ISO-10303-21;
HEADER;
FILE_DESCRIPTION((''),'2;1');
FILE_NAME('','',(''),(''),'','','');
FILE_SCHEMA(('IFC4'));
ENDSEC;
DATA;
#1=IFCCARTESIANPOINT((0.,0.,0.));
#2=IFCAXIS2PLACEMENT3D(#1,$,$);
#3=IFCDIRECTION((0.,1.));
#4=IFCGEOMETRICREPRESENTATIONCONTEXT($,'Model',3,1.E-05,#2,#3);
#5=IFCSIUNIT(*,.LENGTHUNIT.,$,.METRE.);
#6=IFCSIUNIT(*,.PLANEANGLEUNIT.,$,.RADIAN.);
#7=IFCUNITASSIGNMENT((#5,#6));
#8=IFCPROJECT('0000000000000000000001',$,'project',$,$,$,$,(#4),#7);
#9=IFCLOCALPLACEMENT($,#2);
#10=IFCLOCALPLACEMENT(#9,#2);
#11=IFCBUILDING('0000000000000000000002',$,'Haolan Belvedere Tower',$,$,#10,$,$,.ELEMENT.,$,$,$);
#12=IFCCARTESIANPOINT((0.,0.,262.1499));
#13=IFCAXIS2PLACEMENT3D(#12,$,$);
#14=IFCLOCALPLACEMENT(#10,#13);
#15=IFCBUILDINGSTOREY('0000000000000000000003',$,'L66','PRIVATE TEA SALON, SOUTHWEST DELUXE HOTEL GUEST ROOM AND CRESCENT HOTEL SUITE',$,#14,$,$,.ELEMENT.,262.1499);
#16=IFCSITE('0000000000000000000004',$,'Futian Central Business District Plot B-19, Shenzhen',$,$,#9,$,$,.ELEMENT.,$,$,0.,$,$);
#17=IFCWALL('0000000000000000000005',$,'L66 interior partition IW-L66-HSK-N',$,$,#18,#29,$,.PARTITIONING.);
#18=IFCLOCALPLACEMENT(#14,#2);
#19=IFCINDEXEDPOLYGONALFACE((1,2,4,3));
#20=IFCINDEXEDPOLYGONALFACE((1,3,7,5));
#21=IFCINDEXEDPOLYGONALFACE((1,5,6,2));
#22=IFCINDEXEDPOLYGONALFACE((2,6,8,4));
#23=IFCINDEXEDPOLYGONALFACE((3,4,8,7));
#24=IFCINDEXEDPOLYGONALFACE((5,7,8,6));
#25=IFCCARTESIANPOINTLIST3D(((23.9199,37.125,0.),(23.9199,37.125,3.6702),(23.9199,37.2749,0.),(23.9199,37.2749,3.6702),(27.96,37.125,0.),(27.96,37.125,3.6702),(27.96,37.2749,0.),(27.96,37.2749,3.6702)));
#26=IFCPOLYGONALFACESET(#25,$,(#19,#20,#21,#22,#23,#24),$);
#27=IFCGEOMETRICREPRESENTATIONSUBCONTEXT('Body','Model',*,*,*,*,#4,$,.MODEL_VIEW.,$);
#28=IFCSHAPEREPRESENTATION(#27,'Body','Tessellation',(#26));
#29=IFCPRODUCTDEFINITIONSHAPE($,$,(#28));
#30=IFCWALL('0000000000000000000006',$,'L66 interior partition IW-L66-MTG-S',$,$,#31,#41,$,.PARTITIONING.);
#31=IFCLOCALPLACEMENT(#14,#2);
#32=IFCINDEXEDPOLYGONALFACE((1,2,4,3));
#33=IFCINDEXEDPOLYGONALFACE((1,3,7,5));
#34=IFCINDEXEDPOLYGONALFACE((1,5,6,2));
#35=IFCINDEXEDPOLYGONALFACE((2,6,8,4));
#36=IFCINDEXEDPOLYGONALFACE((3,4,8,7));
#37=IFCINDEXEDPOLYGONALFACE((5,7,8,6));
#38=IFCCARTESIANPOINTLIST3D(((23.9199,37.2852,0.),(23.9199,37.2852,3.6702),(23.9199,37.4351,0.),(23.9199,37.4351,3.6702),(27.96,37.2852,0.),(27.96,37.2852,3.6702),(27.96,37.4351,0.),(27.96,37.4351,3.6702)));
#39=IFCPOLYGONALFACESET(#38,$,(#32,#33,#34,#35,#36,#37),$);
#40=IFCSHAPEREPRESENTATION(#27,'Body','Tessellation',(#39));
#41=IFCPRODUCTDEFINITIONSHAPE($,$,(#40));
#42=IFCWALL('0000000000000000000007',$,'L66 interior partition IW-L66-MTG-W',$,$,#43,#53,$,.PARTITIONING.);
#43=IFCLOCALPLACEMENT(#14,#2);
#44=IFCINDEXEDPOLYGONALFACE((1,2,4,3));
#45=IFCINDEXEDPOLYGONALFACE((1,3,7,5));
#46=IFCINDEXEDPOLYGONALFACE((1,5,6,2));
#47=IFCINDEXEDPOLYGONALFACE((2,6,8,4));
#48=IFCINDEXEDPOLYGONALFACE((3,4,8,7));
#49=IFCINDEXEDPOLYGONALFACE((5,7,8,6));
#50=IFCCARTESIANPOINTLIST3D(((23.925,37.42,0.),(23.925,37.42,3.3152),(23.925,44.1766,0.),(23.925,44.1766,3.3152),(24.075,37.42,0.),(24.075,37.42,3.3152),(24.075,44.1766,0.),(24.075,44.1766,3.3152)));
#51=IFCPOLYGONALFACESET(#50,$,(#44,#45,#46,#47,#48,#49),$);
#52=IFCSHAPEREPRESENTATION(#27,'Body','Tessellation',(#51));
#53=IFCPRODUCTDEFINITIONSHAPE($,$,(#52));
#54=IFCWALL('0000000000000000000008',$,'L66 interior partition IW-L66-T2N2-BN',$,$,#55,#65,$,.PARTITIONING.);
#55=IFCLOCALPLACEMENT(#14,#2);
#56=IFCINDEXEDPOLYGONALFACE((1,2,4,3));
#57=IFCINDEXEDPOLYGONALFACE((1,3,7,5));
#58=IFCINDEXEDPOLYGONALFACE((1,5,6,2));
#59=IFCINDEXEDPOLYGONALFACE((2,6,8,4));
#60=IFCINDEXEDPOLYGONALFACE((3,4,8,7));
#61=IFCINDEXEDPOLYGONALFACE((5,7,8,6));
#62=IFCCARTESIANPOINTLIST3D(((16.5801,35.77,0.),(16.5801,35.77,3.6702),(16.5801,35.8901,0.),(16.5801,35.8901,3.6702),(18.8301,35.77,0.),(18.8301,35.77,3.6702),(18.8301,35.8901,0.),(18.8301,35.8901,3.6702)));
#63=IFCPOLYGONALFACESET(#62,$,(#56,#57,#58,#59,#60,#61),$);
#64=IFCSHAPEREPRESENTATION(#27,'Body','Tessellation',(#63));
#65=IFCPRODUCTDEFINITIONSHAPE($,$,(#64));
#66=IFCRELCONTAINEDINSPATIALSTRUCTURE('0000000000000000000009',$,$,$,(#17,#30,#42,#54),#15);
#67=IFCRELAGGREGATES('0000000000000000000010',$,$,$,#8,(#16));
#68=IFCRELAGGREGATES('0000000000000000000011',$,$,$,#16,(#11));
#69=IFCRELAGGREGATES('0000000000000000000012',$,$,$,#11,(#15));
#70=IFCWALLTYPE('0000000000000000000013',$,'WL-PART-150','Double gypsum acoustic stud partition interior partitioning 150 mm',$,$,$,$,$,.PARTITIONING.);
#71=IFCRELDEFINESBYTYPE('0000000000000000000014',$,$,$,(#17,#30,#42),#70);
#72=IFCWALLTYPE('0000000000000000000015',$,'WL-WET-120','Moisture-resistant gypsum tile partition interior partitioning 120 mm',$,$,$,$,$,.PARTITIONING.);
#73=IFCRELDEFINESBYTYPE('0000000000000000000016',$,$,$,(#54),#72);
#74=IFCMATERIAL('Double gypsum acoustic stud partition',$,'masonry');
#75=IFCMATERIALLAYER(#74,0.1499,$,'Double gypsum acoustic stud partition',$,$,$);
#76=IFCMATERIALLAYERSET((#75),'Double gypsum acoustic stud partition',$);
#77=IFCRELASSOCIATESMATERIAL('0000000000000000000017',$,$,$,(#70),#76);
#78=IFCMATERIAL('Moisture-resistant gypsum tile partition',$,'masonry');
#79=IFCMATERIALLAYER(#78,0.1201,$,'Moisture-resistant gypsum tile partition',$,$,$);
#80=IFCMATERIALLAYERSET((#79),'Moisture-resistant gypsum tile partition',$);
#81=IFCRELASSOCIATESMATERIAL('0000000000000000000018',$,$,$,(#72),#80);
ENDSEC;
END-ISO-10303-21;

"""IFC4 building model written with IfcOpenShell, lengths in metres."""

from ifc_helpers import new_model, si_unit, direction, frame, frame_2d, origin, place, context, subcontext, project, spatial, rectangle, extrude, material, layer, layer_set, type_object, element, save


model = new_model("IFC4")

# Units and contexts
model_context = context("Model", 3, precision=1e-05, world=origin(), true_north=direction((0.0, 1.0)))
body_context = subcontext(model_context, "Body", "Model", "MODEL_VIEW")
ifc_project = project(units=[si_unit("LENGTHUNIT", "METRE"), si_unit("PLANEANGLEUNIT", "RADIAN")], contexts=[model_context])

# Site, building, storey
site_placement = place(None, origin())
site = spatial("IfcSite", under=ifc_project, at=site_placement, Name="Futian Central Business District Plot B-19, Shenzhen", CompositionType="ELEMENT", RefElevation=0.0)
building_placement = place(site_placement, origin())
building = spatial("IfcBuilding", under=site, at=building_placement, Name="Haolan Belvedere Tower", CompositionType="ELEMENT")
storey_placement = place(building_placement, frame((0.0, 0.0, 262.1499)))
storey = spatial("IfcBuildingStorey", under=building, at=storey_placement, Name="L66", Description="PRIVATE TEA SALON, SOUTHWEST DELUXE HOTEL GUEST ROOM AND CRESCENT HOTEL SUITE", CompositionType="ELEMENT", Elevation=262.1499)

# Walls
ifc_material_1 = material(Name="Double gypsum acoustic stud partition", Category="masonry")
ifc_layer_1 = layer(ifc_material_1, 0.1499, Name="Double gypsum acoustic stud partition")
ifc_layer_set_1 = layer_set([ifc_layer_1], Name="Double gypsum acoustic stud partition")
wall_type_1 = type_object("IfcWallType", Name="WL-PART-150", Description="Double gypsum acoustic stud partition interior partitioning 150 mm", PredefinedType="PARTITIONING", material=ifc_layer_set_1)
for number, where, z_axis, x_axis, name in (
    (1, (23.9199, 37.2, 0.0), (0.0, 0.0, 1.0), (1.0, 0.0, 0.0), "L66 interior partition IW-L66-HSK-N"),
    (2, (23.9199, 37.3601, 0.0), (0.0, 0.0, 1.0), (1.0, 0.0, 0.0), "L66 interior partition IW-L66-MTG-S"),
):
    element("IfcWall", number, at=place(storey_placement, frame(where, z_axis=z_axis, x_axis=x_axis)), inside=storey, type_object=wall_type_1, Name=name, PredefinedType="PARTITIONING", context=body_context, shape_type="SweptSolid", body=[
        extrude(rectangle(XDim=4.04, YDim=0.1499, at=frame_2d((2.02, 0.0))), origin(), (0.0, 0.0, 1.0), 3.6702),
    ])
wall_1_placement = place(storey_placement, frame((24.0, 37.4199, 0.0), z_axis=(0.0, 0.0, 1.0), x_axis=(0.0, 1.0, 0.0)))
element("IfcWall", 3, at=wall_1_placement, inside=storey, type_object=wall_type_1, Name="L66 interior partition IW-L66-MTG-W", PredefinedType="PARTITIONING", context=body_context, shape_type="SweptSolid", body=[
    extrude(rectangle(XDim=6.7566, YDim=0.1499, at=frame_2d((3.3784, 0.0))), origin(), (0.0, 0.0, 1.0), 3.3152),
])
ifc_material_2 = material(Name="Moisture-resistant gypsum tile partition", Category="masonry")
ifc_layer_2 = layer(ifc_material_2, 0.1201, Name="Moisture-resistant gypsum tile partition")
ifc_layer_set_2 = layer_set([ifc_layer_2], Name="Moisture-resistant gypsum tile partition")
wall_type_2 = type_object("IfcWallType", Name="WL-WET-120", Description="Moisture-resistant gypsum tile partition interior partitioning 120 mm", PredefinedType="PARTITIONING", material=ifc_layer_set_2)
wall_2_placement = place(storey_placement, frame((16.5801, 35.8301, 0.0), z_axis=(0.0, 0.0, 1.0), x_axis=(1.0, 0.0, 0.0)))
element("IfcWall", 4, at=wall_2_placement, inside=storey, type_object=wall_type_2, Name="L66 interior partition IW-L66-T2N2-BN", PredefinedType="PARTITIONING", context=body_context, shape_type="SweptSolid", body=[
    extrude(rectangle(XDim=2.25, YDim=0.1201, at=frame_2d((1.125, 0.0))), origin(), (0.0, 0.0, 1.0), 3.6702),
])

save(model, "model.ifc")
